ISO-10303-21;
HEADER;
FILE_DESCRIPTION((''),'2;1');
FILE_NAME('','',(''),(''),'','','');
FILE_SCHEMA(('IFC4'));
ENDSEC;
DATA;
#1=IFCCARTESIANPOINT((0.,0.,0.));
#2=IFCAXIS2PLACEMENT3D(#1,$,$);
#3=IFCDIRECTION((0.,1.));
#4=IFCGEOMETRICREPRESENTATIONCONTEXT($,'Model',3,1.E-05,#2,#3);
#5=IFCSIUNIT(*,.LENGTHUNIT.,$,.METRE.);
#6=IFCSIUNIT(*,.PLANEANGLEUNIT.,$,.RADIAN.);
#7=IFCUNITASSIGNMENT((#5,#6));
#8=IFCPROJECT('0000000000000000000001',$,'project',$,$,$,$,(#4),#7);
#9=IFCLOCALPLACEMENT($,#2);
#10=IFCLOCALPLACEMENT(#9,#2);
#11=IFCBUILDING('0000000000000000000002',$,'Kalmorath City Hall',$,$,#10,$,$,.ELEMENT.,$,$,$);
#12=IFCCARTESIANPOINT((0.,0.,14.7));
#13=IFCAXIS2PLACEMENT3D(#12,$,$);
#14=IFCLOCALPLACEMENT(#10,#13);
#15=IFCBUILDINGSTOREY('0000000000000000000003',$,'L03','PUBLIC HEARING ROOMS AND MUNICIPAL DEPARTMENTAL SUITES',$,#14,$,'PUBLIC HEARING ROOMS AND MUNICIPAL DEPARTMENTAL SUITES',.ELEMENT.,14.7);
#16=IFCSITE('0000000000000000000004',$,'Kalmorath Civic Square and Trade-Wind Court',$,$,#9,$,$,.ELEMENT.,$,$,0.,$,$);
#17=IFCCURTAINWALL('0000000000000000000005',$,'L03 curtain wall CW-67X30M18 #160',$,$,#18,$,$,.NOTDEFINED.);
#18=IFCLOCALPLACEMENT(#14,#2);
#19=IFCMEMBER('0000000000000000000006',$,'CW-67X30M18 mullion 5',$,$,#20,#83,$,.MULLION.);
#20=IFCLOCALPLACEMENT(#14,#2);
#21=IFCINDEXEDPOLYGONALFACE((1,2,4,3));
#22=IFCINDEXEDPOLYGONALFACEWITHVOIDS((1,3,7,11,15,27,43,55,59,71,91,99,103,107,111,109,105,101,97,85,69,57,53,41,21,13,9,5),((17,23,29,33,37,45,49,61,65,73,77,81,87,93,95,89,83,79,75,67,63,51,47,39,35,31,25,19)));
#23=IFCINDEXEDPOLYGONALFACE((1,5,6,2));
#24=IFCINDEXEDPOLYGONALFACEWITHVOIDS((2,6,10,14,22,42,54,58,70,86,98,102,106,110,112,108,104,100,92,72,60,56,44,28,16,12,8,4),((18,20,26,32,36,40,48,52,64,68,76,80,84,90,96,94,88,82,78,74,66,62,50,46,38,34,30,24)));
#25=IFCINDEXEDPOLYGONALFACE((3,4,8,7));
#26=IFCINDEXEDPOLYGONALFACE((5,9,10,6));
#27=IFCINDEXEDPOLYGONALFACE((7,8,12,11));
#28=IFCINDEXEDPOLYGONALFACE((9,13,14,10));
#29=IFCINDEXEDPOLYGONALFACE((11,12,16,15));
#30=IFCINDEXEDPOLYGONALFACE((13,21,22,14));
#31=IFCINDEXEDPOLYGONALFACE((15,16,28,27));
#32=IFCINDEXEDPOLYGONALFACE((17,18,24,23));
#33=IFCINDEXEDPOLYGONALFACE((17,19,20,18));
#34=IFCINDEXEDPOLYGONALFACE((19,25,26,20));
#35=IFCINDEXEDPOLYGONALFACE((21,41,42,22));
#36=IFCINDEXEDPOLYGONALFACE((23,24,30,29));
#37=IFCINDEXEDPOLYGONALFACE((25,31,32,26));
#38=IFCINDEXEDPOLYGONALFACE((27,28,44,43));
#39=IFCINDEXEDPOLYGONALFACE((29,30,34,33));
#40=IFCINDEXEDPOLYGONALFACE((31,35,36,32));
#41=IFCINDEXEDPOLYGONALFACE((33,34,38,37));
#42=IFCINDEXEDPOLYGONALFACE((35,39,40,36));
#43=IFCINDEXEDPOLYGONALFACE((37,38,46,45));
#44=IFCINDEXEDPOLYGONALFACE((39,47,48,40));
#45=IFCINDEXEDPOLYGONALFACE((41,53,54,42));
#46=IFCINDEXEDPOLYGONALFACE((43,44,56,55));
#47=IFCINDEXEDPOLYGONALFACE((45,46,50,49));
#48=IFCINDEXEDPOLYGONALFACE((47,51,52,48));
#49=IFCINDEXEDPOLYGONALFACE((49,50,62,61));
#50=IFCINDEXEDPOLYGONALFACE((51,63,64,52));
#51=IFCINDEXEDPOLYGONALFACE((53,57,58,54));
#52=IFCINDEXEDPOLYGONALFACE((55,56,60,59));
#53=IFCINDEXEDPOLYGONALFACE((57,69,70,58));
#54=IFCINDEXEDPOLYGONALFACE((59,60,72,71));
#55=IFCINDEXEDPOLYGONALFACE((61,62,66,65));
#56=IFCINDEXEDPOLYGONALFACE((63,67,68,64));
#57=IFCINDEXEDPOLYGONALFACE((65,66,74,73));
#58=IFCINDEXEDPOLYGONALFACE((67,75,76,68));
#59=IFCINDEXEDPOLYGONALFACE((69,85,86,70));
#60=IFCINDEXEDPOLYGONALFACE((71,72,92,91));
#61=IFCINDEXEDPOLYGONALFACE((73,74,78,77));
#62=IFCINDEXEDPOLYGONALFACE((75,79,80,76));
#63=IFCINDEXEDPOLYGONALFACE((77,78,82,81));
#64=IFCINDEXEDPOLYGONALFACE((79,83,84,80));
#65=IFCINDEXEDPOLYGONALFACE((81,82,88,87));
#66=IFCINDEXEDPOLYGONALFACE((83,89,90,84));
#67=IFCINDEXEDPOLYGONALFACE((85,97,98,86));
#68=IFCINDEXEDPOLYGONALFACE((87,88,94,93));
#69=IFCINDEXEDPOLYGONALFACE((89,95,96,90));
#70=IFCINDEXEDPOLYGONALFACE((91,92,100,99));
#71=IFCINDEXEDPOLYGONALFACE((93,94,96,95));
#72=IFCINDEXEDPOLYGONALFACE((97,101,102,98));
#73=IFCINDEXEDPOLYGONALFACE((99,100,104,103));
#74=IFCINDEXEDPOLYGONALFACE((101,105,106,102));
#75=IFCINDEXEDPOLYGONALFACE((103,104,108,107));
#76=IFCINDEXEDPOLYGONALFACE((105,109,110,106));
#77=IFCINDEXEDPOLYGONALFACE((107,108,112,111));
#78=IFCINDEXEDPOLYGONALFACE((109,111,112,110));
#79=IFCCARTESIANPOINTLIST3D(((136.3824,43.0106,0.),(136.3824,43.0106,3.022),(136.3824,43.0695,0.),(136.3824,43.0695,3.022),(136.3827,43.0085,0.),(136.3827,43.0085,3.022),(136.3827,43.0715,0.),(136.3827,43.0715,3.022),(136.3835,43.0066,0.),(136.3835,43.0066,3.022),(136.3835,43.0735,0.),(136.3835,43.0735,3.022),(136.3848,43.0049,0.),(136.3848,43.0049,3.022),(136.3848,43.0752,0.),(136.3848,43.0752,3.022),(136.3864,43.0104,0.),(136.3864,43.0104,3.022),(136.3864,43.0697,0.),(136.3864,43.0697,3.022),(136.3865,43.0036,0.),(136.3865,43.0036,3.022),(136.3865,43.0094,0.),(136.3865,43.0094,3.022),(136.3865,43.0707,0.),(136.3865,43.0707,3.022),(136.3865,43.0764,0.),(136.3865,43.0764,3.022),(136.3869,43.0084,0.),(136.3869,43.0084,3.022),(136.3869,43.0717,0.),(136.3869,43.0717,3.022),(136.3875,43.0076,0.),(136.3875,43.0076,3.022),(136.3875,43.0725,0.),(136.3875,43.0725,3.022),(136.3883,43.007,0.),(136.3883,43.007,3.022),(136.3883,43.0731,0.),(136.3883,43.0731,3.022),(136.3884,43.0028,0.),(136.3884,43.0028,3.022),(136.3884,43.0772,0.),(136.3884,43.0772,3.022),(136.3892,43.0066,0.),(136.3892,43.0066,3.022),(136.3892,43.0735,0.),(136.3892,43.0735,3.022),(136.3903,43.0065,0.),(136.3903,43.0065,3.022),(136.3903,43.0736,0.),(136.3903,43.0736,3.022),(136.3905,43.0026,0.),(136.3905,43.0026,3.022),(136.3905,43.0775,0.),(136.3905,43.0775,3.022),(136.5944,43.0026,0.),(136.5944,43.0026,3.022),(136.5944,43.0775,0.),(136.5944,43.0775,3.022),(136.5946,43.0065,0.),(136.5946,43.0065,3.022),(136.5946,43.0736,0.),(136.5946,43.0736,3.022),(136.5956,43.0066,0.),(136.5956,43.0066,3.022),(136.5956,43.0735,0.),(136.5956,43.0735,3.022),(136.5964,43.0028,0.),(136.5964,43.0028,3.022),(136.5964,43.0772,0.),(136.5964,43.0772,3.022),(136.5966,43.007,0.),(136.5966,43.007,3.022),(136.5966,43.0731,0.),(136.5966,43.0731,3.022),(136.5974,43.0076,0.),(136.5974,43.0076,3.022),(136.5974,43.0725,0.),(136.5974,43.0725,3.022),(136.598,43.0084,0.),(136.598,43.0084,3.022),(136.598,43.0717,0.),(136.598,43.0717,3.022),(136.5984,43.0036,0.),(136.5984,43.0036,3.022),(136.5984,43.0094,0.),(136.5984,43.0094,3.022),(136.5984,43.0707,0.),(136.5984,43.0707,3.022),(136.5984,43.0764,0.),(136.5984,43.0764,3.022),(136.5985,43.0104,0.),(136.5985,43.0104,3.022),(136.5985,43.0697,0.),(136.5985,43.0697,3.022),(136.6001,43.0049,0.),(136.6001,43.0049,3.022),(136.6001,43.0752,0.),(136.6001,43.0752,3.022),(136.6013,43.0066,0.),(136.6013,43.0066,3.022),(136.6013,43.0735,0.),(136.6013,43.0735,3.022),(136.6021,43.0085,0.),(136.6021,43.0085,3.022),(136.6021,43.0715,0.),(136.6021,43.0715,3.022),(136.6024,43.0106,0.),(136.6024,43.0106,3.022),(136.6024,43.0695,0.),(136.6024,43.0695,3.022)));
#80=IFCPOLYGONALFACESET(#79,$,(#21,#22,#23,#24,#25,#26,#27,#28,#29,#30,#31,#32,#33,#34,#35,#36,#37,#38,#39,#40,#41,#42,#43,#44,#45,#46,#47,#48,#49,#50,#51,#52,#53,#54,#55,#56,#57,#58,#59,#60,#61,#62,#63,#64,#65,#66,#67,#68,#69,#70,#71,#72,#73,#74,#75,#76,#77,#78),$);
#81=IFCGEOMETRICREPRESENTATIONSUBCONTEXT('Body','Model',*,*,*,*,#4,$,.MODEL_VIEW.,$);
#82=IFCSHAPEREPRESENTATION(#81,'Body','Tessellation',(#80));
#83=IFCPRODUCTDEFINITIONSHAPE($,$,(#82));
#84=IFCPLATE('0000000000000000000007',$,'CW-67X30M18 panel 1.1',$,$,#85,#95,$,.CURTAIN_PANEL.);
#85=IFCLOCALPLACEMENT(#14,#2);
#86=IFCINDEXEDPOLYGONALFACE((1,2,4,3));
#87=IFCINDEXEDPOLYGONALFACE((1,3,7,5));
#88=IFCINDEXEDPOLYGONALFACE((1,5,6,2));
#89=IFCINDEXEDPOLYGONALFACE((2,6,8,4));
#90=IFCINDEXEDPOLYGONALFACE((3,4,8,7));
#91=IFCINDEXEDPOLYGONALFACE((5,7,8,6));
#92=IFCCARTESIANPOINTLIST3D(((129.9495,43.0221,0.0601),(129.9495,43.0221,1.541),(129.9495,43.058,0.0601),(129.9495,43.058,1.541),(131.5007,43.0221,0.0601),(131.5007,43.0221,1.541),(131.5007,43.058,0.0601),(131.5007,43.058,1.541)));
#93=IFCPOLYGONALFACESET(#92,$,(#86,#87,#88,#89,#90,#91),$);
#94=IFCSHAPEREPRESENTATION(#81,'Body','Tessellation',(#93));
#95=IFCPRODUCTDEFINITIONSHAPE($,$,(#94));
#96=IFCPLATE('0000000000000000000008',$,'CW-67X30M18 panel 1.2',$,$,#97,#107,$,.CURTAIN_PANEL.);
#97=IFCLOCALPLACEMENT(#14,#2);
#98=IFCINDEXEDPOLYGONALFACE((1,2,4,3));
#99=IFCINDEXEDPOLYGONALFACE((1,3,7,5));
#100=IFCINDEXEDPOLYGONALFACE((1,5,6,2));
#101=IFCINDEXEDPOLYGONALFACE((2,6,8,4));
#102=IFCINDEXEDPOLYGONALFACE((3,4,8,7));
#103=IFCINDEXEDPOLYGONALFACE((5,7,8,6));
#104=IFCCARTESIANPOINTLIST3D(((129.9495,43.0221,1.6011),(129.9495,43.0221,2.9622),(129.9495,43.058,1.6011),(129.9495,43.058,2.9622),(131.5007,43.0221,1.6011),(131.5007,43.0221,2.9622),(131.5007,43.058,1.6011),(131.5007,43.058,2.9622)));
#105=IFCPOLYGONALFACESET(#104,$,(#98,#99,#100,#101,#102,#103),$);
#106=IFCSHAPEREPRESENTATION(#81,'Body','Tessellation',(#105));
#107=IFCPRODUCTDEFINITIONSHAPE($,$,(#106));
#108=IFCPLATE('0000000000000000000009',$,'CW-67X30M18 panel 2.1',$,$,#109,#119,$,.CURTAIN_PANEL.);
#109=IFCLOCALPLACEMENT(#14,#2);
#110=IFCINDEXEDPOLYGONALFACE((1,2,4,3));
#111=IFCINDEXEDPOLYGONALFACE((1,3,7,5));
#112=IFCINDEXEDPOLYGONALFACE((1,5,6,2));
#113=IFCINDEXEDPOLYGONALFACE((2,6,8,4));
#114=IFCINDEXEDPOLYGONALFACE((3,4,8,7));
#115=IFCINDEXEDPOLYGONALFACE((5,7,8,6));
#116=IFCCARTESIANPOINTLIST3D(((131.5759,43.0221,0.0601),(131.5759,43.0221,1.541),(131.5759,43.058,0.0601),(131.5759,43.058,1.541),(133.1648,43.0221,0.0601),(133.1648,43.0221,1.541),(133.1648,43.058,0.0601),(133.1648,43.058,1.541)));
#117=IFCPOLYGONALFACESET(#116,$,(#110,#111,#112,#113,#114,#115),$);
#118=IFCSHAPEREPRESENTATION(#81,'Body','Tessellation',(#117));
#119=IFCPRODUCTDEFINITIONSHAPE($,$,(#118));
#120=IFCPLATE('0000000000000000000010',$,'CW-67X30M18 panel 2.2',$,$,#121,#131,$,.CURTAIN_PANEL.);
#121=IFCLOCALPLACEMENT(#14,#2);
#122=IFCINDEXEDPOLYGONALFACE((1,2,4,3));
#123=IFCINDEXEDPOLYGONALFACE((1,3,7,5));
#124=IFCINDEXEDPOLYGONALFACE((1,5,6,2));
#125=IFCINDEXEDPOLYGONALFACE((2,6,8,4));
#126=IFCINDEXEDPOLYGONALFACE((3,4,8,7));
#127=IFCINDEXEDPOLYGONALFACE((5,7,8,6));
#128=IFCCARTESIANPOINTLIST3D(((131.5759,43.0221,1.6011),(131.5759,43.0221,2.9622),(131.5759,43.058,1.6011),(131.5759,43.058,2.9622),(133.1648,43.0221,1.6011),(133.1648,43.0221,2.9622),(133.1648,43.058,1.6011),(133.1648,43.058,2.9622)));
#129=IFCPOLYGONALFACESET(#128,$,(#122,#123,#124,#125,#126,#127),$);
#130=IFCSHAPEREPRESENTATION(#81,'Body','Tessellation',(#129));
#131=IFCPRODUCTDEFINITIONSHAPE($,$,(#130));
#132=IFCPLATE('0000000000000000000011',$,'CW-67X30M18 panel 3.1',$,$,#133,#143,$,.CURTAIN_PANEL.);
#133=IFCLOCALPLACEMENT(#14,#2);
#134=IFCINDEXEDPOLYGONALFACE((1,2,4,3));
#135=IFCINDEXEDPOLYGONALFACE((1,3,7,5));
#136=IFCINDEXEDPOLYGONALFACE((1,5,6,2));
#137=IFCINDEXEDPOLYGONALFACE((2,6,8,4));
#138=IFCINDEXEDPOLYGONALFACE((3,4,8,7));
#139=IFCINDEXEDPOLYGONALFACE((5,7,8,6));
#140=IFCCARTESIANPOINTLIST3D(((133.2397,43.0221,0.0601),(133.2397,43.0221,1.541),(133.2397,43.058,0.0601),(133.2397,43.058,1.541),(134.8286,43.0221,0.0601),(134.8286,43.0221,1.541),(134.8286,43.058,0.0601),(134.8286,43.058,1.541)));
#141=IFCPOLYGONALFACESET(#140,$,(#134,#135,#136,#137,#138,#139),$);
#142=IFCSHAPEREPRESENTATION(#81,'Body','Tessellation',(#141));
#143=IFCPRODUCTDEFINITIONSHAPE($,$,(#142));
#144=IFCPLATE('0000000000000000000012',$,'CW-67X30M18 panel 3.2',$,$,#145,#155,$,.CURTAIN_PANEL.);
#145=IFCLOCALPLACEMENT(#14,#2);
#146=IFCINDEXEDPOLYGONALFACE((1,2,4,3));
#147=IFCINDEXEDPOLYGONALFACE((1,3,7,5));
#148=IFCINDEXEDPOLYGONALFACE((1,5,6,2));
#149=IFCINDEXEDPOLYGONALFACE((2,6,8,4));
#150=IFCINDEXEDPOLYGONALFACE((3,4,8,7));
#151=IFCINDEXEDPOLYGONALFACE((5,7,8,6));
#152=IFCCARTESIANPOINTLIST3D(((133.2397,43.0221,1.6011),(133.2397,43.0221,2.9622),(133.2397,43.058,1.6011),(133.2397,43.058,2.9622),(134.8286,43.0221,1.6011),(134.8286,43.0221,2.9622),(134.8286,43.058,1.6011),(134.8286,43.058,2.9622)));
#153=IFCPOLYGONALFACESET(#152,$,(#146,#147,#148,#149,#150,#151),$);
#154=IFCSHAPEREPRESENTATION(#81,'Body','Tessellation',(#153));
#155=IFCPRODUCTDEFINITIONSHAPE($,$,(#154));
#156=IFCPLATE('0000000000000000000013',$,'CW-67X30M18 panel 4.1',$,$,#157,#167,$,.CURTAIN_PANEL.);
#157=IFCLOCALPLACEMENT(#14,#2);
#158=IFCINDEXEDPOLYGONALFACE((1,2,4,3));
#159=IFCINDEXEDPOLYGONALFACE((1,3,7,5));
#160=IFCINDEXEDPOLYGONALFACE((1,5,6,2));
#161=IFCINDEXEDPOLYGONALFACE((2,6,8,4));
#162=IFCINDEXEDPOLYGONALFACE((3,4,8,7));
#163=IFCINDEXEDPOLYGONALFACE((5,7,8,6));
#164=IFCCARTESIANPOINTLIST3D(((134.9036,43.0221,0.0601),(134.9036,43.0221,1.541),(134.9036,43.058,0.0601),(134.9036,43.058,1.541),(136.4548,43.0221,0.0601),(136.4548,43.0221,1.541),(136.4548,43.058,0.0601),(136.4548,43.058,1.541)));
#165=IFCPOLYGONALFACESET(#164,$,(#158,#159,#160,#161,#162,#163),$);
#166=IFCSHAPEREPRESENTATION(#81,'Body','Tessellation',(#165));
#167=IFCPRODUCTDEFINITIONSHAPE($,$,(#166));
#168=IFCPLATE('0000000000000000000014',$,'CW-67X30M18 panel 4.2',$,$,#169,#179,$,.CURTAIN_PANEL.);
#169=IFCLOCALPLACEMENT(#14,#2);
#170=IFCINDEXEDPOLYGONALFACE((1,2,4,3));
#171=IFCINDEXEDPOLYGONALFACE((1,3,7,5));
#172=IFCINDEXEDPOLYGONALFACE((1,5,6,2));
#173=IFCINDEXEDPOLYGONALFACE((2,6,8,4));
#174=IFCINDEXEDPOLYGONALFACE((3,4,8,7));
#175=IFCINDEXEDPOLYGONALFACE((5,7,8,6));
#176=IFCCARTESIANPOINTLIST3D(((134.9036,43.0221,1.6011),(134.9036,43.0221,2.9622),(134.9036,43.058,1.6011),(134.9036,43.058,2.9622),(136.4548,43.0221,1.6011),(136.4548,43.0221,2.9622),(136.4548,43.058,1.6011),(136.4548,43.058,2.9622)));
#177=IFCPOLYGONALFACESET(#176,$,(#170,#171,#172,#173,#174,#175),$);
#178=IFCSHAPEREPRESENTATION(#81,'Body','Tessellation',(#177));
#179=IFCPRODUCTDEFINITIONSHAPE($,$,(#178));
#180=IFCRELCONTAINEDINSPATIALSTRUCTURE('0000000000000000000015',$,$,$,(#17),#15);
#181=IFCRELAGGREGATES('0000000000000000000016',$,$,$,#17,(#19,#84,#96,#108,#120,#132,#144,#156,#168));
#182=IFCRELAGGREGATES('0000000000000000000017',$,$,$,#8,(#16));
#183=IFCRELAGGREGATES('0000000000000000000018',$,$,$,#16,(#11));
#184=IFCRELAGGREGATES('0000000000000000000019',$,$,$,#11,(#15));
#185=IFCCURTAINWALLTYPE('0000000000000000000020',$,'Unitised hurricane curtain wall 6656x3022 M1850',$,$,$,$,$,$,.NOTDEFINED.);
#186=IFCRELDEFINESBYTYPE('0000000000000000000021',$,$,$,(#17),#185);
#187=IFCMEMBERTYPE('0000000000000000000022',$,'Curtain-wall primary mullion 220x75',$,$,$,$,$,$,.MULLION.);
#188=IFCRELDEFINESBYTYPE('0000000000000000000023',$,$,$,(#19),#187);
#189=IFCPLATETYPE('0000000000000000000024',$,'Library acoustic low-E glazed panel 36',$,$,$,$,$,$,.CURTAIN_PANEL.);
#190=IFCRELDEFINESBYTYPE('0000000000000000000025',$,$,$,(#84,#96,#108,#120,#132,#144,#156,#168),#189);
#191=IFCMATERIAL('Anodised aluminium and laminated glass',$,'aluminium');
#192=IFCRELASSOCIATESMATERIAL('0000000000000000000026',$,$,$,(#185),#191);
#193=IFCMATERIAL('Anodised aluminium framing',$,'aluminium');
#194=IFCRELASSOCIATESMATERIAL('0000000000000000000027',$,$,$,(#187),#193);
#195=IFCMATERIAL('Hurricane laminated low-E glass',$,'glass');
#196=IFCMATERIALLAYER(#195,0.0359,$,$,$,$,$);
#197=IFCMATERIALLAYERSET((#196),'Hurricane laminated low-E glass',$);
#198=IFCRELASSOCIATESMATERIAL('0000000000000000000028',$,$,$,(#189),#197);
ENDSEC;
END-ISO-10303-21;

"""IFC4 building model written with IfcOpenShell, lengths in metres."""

from ifc_helpers import new_model, si_unit, direction, frame, origin, origin_2d, place, context, subcontext, project, spatial, rectangle, hollow_rectangle, extrude, material, layer, layer_set, material_profile, profile_set, type_object, element, aggregate, save


model = new_model("IFC4")

# Units and contexts
model_context = context("Model", 3, precision=1e-05, world=origin(), true_north=direction((0.0, 1.0)))
body_context = subcontext(model_context, "Body", "Model", "MODEL_VIEW")
ifc_project = project(units=[si_unit("LENGTHUNIT", "METRE"), si_unit("PLANEANGLEUNIT", "RADIAN")], contexts=[model_context])

# Site, building, storey
site_placement = place(None, origin())
site = spatial("IfcSite", under=ifc_project, at=site_placement, Name="Kalmorath Civic Square and Trade-Wind Court", CompositionType="ELEMENT", RefElevation=0.0)
building_placement = place(site_placement, origin())
building = spatial("IfcBuilding", under=site, at=building_placement, Name="Kalmorath City Hall", CompositionType="ELEMENT")
storey_placement = place(building_placement, frame((0.0, 0.0, 14.7)))
storey = spatial("IfcBuildingStorey", under=building, at=storey_placement, Name="L03", Description="PUBLIC HEARING ROOMS AND MUNICIPAL DEPARTMENTAL SUITES", LongName="PUBLIC HEARING ROOMS AND MUNICIPAL DEPARTMENTAL SUITES", CompositionType="ELEMENT", Elevation=14.7)

# Curtain wall, member, plates
ifc_material_1 = material(Name="Anodised aluminium and laminated glass", Category="aluminium")
curtain_wall_type = type_object("IfcCurtainWallType", Name="Unitised hurricane curtain wall 6656x3022 M1850", PredefinedType="NOTDEFINED", material=ifc_material_1)
curtain_wall_placement = place(storey_placement, origin())
curtain_wall = element("IfcCurtainWall", 1, at=curtain_wall_placement, inside=storey, type_object=curtain_wall_type, Name="L03 curtain wall CW-67X30M18 #160", PredefinedType="NOTDEFINED")
ifc_material_2 = material(Name="Anodised aluminium framing", Category="aluminium")
ifc_material_profile_1 = material_profile(ifc_material_2, hollow_rectangle(XDim=0.075, YDim=0.22, WallThickness=0.0039, InnerFilletRadius=0.0039, OuterFilletRadius=0.0081, at=origin_2d()), Name="ALU-MUL-220X75X4")
ifc_profile_set_1 = profile_set([ifc_material_profile_1], Name="Anodised aluminium framing")
member_type_1 = type_object("IfcMemberType", Name="Curtain-wall primary mullion 220x75", PredefinedType="MULLION", material=ifc_profile_set_1)
member_1_placement = place(storey_placement, frame((136.4924, 43.04, 0.0), z_axis=(0.0, 0.0, 1.0), x_axis=(0.0, 1.0, 0.0)))
member_1 = element("IfcMember", 2, at=member_1_placement, type_object=member_type_1, Name="CW-67X30M18 mullion 5", PredefinedType="MULLION", context=body_context, shape_type="SweptSolid", body=[
    extrude(hollow_rectangle(XDim=0.075, YDim=0.22, WallThickness=0.0039, InnerFilletRadius=0.0039, OuterFilletRadius=0.0081, at=origin_2d()), origin(), (0.0, 0.0, 1.0), 3.022),
])
ifc_material_3 = material(Name="Hurricane laminated low-E glass", Category="glass")
ifc_layer = layer(ifc_material_3, 0.0359)
ifc_layer_set = layer_set([ifc_layer], Name="Hurricane laminated low-E glass")
plate_type = type_object("IfcPlateType", Name="Library acoustic low-E glazed panel 36", PredefinedType="CURTAIN_PANEL", material=ifc_layer_set)
plate_1_placement = place(storey_placement, frame((130.7251, 43.04, 0.0601), z_axis=(0.0, 0.0, 1.0), x_axis=(1.0, 0.0, 0.0)))
plate_1 = element("IfcPlate", 3, at=plate_1_placement, type_object=plate_type, Name="CW-67X30M18 panel 1.1", PredefinedType="CURTAIN_PANEL", context=body_context, shape_type="SweptSolid", body=[
    extrude(rectangle(XDim=1.5513, YDim=0.0359, at=origin_2d()), origin(), (0.0, 0.0, 1.0), 1.481),
])
plate_2_placement = place(storey_placement, frame((130.7251, 43.04, 1.6011), z_axis=(0.0, 0.0, 1.0), x_axis=(1.0, 0.0, 0.0)))
plate_2 = element("IfcPlate", 4, at=plate_2_placement, type_object=plate_type, Name="CW-67X30M18 panel 1.2", PredefinedType="CURTAIN_PANEL", context=body_context, shape_type="SweptSolid", body=[
    extrude(rectangle(XDim=1.5513, YDim=0.0359, at=origin_2d()), origin(), (0.0, 0.0, 1.0), 1.3611),
])
plate_3_placement = place(storey_placement, frame((132.3704, 43.04, 0.0601), z_axis=(0.0, 0.0, 1.0), x_axis=(1.0, 0.0, 0.0)))
plate_3 = element("IfcPlate", 5, at=plate_3_placement, type_object=plate_type, Name="CW-67X30M18 panel 2.1", PredefinedType="CURTAIN_PANEL", context=body_context, shape_type="SweptSolid", body=[
    extrude(rectangle(XDim=1.5889, YDim=0.0359, at=origin_2d()), origin(), (0.0, 0.0, 1.0), 1.481),
])
plate_4_placement = place(storey_placement, frame((132.3704, 43.04, 1.6011), z_axis=(0.0, 0.0, 1.0), x_axis=(1.0, 0.0, 0.0)))
plate_4 = element("IfcPlate", 6, at=plate_4_placement, type_object=plate_type, Name="CW-67X30M18 panel 2.2", PredefinedType="CURTAIN_PANEL", context=body_context, shape_type="SweptSolid", body=[
    extrude(rectangle(XDim=1.5889, YDim=0.0359, at=origin_2d()), origin(), (0.0, 0.0, 1.0), 1.3611),
])
plate_5_placement = place(storey_placement, frame((134.0342, 43.04, 0.0601), z_axis=(0.0, 0.0, 1.0), x_axis=(1.0, 0.0, 0.0)))
plate_5 = element("IfcPlate", 7, at=plate_5_placement, type_object=plate_type, Name="CW-67X30M18 panel 3.1", PredefinedType="CURTAIN_PANEL", context=body_context, shape_type="SweptSolid", body=[
    extrude(rectangle(XDim=1.5889, YDim=0.0359, at=origin_2d()), origin(), (0.0, 0.0, 1.0), 1.481),
])
plate_6_placement = place(storey_placement, frame((134.0342, 43.04, 1.6011), z_axis=(0.0, 0.0, 1.0), x_axis=(1.0, 0.0, 0.0)))
plate_6 = element("IfcPlate", 8, at=plate_6_placement, type_object=plate_type, Name="CW-67X30M18 panel 3.2", PredefinedType="CURTAIN_PANEL", context=body_context, shape_type="SweptSolid", body=[
    extrude(rectangle(XDim=1.5889, YDim=0.0359, at=origin_2d()), origin(), (0.0, 0.0, 1.0), 1.3611),
])
plate_7_placement = place(storey_placement, frame((135.6792, 43.04, 0.0601), z_axis=(0.0, 0.0, 1.0), x_axis=(1.0, 0.0, 0.0)))
plate_7 = element("IfcPlate", 9, at=plate_7_placement, type_object=plate_type, Name="CW-67X30M18 panel 4.1", PredefinedType="CURTAIN_PANEL", context=body_context, shape_type="SweptSolid", body=[
    extrude(rectangle(XDim=1.5513, YDim=0.0359, at=origin_2d()), origin(), (0.0, 0.0, 1.0), 1.481),
])
plate_8_placement = place(storey_placement, frame((135.6792, 43.04, 1.6011), z_axis=(0.0, 0.0, 1.0), x_axis=(1.0, 0.0, 0.0)))
plate_8 = element("IfcPlate", 10, at=plate_8_placement, type_object=plate_type, Name="CW-67X30M18 panel 4.2", PredefinedType="CURTAIN_PANEL", context=body_context, shape_type="SweptSolid", body=[
    extrude(rectangle(XDim=1.5513, YDim=0.0359, at=origin_2d()), origin(), (0.0, 0.0, 1.0), 1.3611),
])
aggregate(curtain_wall, [member_1, plate_1, plate_2, plate_3, plate_4, plate_5, plate_6, plate_7, plate_8])

save(model, "model.ifc")
